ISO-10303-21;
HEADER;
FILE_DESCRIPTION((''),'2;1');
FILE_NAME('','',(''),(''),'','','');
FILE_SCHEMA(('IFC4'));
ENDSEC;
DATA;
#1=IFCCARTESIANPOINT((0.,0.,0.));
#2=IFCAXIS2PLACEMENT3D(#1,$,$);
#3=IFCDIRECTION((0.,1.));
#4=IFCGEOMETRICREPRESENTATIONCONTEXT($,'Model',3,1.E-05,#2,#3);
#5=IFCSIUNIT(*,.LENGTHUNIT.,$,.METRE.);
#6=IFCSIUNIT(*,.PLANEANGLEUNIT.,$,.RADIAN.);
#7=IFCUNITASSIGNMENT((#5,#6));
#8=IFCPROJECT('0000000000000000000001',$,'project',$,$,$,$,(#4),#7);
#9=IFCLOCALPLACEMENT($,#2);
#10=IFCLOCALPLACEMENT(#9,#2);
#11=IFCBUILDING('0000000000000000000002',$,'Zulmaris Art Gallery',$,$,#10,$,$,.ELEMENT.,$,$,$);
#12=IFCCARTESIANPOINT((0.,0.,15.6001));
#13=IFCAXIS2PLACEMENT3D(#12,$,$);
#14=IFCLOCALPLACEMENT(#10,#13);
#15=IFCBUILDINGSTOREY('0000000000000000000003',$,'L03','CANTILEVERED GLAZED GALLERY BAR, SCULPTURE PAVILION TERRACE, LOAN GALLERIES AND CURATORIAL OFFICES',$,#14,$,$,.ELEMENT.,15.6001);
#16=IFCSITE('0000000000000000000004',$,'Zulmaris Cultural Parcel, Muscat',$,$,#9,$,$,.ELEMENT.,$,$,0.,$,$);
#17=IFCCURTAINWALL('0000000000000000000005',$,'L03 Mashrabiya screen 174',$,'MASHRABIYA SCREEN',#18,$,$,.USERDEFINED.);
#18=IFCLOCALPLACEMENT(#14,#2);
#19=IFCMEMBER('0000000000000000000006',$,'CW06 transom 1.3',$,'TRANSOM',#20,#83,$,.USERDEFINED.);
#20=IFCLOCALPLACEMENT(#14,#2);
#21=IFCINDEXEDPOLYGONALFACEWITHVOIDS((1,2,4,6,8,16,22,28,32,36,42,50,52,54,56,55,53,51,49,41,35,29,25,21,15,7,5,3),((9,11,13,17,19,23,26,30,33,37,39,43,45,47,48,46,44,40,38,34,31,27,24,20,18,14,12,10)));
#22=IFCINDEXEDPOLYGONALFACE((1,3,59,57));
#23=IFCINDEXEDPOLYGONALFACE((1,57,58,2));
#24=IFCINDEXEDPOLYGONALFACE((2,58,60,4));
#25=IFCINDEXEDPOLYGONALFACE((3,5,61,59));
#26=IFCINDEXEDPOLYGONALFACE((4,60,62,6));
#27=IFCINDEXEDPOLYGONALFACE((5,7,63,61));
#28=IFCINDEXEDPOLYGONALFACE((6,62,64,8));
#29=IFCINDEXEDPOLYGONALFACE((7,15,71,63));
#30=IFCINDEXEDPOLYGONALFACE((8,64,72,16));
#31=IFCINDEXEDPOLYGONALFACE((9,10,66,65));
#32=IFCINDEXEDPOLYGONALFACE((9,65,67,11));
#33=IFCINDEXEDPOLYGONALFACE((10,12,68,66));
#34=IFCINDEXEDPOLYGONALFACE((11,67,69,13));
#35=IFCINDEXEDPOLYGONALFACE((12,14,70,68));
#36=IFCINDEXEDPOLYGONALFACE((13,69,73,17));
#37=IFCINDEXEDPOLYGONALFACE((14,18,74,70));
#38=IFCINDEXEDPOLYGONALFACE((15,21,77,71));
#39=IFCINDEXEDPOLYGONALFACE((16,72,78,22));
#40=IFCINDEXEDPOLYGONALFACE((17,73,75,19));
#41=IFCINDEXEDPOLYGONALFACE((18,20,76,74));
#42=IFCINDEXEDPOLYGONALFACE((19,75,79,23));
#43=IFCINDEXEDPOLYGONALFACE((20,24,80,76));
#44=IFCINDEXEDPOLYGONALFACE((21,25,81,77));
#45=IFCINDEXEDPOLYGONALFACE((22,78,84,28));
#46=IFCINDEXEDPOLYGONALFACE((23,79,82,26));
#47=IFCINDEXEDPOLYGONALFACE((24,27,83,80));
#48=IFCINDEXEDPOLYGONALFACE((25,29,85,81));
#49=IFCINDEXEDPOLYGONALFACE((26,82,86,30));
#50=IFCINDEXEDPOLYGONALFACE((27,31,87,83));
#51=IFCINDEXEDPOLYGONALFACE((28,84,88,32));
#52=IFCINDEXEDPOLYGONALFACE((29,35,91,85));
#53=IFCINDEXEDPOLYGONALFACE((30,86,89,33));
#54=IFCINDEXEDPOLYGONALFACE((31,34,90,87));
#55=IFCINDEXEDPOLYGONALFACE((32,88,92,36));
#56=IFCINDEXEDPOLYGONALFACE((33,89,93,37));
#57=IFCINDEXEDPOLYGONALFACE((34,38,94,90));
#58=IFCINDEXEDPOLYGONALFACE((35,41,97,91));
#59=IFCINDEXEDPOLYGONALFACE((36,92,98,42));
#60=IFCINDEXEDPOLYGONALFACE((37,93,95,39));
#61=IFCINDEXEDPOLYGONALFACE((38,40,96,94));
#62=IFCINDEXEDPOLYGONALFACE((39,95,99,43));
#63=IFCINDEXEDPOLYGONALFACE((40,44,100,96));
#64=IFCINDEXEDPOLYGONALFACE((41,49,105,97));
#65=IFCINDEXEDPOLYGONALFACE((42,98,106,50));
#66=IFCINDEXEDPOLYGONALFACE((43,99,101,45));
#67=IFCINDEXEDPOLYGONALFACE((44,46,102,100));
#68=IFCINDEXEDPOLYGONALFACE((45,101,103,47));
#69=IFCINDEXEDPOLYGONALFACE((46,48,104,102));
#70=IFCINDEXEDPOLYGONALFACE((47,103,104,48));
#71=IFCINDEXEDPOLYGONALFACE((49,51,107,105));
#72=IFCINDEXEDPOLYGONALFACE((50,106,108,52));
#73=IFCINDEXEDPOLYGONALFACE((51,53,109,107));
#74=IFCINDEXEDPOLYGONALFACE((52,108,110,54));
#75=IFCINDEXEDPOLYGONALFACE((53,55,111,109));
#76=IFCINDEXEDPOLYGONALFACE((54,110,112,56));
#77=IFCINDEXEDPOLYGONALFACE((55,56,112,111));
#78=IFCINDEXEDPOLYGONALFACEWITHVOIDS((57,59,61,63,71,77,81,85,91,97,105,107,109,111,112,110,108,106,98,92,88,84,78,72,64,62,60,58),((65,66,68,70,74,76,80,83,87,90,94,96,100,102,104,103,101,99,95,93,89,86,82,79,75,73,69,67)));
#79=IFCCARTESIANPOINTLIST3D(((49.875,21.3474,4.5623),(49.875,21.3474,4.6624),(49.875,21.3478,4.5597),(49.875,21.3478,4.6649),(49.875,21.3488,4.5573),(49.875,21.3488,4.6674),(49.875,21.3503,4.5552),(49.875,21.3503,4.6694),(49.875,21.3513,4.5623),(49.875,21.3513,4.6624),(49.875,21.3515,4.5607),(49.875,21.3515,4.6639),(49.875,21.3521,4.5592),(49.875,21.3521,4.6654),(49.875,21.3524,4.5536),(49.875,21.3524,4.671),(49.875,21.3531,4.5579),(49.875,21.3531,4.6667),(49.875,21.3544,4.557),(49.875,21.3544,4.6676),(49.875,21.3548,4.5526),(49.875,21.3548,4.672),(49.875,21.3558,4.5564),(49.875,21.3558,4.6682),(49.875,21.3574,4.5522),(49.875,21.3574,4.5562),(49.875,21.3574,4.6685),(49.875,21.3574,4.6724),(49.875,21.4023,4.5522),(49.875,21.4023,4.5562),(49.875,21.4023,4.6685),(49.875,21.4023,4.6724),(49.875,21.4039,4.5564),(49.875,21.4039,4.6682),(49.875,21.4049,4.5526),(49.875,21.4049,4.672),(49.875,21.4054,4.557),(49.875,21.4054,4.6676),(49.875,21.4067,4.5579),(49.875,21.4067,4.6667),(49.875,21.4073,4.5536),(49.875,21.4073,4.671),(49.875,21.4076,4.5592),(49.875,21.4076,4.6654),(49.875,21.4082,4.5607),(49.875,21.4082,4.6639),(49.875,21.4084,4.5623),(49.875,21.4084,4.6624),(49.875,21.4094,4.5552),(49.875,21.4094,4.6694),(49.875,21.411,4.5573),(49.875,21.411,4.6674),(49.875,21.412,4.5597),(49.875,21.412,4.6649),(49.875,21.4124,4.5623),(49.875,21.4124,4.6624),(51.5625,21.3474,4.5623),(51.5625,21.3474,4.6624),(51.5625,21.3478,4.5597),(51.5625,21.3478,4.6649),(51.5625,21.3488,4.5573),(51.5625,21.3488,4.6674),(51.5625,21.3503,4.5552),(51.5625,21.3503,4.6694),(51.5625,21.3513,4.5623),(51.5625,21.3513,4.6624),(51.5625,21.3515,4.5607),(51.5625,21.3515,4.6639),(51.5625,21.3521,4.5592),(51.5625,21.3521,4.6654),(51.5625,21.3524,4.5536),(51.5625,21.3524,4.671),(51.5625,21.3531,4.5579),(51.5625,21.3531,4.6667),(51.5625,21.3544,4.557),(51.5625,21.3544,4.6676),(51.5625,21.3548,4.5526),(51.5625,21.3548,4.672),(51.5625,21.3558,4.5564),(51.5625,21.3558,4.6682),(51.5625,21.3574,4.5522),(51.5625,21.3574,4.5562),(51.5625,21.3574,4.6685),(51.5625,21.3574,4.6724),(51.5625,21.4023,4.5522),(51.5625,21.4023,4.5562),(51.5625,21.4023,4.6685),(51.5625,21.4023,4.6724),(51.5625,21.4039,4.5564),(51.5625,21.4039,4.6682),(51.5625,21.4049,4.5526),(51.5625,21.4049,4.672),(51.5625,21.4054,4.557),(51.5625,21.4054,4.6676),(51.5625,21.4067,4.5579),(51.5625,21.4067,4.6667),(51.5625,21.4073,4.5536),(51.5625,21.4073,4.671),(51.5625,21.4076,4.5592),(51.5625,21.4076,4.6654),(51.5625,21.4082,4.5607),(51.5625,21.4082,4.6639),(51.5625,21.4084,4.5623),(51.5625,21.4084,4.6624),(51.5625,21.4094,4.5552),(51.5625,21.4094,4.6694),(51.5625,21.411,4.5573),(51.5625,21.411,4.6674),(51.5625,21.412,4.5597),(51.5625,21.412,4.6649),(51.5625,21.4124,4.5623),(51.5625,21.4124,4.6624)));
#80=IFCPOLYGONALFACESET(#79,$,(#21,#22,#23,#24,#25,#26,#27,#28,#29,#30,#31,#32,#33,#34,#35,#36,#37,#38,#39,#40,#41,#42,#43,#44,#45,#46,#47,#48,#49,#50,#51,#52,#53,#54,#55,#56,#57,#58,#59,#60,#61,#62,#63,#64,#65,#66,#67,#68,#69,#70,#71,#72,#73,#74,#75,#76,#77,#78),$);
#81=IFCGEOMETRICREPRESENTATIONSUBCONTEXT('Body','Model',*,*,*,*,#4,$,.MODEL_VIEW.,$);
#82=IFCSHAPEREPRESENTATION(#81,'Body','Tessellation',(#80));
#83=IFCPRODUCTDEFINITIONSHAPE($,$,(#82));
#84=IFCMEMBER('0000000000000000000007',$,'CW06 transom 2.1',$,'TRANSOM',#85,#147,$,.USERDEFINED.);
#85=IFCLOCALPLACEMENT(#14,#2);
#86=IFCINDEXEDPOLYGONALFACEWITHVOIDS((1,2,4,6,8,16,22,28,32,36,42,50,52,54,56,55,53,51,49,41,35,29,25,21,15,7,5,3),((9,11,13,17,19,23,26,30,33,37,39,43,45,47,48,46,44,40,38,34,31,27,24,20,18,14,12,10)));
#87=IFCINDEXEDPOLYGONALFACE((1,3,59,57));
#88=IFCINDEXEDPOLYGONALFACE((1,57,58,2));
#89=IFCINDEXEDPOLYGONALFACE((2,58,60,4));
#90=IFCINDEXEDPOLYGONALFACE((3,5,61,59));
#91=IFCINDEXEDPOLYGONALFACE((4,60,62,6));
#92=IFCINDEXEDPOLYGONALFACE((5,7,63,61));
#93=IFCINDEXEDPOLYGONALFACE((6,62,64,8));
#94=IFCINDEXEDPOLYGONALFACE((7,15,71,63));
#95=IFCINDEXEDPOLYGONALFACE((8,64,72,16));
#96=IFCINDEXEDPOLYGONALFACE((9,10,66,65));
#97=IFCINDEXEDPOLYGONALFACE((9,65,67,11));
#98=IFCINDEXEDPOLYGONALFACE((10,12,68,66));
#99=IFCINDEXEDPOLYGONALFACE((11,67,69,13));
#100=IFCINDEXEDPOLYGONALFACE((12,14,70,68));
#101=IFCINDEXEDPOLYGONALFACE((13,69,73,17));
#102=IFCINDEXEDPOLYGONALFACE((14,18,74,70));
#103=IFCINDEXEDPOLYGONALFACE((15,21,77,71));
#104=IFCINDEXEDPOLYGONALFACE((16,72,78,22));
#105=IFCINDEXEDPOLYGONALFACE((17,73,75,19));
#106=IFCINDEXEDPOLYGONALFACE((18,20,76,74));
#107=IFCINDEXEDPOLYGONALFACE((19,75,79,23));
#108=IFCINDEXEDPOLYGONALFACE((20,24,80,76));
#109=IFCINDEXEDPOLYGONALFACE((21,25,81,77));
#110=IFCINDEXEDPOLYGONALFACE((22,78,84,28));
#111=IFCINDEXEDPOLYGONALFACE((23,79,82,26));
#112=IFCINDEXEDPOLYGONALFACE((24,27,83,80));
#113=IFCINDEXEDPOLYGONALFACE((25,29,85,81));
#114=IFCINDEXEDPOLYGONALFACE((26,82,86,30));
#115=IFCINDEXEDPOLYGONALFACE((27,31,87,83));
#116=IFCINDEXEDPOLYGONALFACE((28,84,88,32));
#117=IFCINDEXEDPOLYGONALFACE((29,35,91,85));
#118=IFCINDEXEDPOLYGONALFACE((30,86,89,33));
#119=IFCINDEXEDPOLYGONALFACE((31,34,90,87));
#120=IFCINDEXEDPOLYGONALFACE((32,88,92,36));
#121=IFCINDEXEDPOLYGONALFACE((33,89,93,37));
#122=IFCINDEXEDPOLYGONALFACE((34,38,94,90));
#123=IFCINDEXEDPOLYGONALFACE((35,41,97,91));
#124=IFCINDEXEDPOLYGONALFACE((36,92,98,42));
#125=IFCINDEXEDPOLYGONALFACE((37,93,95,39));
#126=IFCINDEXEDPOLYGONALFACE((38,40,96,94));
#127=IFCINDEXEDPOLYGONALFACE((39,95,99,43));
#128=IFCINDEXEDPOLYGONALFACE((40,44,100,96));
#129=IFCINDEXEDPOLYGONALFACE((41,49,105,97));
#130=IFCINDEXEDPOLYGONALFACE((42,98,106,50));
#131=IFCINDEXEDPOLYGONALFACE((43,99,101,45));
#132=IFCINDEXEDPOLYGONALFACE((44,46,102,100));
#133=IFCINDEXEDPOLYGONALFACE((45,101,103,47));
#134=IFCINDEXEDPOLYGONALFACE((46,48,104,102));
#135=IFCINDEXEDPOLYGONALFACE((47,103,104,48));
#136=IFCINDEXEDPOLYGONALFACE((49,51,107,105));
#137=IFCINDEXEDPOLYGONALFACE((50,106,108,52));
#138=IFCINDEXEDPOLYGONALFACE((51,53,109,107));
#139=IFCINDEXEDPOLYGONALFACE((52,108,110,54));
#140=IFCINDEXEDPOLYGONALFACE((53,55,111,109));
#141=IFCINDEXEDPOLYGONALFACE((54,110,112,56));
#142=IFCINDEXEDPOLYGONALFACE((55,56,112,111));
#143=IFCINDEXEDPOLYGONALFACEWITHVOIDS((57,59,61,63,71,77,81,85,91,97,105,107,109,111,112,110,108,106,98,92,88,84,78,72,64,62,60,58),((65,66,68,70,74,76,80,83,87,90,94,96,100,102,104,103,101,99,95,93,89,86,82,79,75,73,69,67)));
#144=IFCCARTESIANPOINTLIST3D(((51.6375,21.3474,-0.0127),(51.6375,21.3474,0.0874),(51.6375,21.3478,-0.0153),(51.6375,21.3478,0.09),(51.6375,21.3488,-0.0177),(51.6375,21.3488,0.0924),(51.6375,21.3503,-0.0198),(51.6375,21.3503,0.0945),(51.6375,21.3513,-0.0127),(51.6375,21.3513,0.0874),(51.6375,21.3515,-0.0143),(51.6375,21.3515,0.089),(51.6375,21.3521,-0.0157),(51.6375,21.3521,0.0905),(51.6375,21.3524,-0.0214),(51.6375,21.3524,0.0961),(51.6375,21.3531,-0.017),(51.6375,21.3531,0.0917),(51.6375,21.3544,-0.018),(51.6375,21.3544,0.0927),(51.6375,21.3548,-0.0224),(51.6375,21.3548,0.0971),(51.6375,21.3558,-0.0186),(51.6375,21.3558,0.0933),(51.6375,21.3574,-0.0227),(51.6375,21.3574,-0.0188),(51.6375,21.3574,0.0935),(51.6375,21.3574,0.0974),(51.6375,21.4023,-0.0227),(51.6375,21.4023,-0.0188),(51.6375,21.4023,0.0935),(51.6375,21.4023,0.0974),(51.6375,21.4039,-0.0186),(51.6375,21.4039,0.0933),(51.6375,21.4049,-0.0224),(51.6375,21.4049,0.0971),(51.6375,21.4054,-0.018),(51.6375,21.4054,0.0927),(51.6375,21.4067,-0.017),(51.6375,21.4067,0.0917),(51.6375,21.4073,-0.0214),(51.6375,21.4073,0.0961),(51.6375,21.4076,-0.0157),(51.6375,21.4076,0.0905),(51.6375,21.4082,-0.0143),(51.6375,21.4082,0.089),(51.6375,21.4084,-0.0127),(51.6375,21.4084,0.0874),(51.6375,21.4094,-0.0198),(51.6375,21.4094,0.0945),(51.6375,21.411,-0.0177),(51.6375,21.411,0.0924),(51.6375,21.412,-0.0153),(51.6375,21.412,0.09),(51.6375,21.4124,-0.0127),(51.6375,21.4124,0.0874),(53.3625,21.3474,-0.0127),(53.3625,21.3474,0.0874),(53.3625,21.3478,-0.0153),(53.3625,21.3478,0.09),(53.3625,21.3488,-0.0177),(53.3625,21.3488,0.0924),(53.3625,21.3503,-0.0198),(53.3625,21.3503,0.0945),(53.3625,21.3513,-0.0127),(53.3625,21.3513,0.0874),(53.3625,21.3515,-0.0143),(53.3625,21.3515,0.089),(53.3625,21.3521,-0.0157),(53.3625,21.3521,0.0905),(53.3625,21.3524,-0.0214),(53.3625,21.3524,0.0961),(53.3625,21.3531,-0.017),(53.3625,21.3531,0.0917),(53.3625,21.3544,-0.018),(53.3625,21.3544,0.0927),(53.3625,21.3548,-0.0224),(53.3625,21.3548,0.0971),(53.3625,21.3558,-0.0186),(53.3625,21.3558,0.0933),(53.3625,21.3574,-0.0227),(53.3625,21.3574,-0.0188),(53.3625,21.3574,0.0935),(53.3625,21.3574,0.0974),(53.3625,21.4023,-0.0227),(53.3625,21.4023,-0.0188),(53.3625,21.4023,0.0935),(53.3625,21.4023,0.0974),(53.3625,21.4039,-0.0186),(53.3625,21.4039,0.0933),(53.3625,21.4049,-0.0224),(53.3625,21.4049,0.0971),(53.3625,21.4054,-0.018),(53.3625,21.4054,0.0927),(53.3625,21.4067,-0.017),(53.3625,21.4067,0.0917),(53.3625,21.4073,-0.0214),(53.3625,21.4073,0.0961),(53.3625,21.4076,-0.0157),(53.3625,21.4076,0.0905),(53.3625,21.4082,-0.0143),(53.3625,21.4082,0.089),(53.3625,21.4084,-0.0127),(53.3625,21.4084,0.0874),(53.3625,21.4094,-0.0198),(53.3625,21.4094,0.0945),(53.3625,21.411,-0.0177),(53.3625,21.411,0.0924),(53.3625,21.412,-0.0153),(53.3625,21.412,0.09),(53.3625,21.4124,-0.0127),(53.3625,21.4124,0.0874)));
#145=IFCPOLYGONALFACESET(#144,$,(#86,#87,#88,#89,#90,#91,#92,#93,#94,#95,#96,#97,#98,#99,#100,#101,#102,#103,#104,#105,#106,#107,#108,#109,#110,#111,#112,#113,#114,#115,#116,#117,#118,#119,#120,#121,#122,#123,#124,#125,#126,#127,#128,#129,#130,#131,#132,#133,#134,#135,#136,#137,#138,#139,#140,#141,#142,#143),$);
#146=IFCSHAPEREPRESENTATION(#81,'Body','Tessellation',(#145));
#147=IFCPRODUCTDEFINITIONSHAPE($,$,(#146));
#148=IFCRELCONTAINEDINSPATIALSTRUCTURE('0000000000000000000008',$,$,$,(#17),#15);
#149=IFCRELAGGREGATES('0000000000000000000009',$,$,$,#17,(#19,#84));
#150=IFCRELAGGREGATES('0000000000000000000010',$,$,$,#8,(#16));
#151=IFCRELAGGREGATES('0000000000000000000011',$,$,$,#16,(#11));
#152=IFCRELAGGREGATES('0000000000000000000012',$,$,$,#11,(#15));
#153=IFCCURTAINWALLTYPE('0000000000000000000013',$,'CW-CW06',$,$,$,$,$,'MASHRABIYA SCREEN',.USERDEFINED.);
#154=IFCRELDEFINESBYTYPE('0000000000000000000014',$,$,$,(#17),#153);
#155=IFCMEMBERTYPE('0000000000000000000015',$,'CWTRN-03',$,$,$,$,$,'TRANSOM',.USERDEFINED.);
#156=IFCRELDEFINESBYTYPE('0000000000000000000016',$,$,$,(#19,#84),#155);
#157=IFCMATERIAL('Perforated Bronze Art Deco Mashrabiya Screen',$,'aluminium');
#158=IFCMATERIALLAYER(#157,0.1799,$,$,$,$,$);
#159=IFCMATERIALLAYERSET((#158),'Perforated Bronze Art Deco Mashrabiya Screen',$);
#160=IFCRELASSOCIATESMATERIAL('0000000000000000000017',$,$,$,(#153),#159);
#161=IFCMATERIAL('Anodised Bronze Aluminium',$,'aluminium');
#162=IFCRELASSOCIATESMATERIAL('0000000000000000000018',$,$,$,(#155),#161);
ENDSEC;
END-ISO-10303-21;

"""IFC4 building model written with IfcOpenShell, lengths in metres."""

from ifc_helpers import new_model, si_unit, direction, frame, origin, origin_2d, place, context, subcontext, project, spatial, hollow_rectangle, extrude, material, layer, layer_set, material_profile, profile_set, type_object, element, aggregate, save


model = new_model("IFC4")

# Units and contexts
model_context = context("Model", 3, precision=1e-05, world=origin(), true_north=direction((0.0, 1.0)))
body_context = subcontext(model_context, "Body", "Model", "MODEL_VIEW")
ifc_project = project(units=[si_unit("LENGTHUNIT", "METRE"), si_unit("PLANEANGLEUNIT", "RADIAN")], contexts=[model_context])

# Site, building, storey
site_placement = place(None, origin())
site = spatial("IfcSite", under=ifc_project, at=site_placement, Name="Zulmaris Cultural Parcel, Muscat", CompositionType="ELEMENT", RefElevation=0.0)
building_placement = place(site_placement, origin())
building = spatial("IfcBuilding", under=site, at=building_placement, Name="Zulmaris Art Gallery", CompositionType="ELEMENT")
storey_placement = place(building_placement, frame((0.0, 0.0, 15.6001)))
storey = spatial("IfcBuildingStorey", under=building, at=storey_placement, Name="L03", Description="CANTILEVERED GLAZED GALLERY BAR, SCULPTURE PAVILION TERRACE, LOAN GALLERIES AND CURATORIAL OFFICES", CompositionType="ELEMENT", Elevation=15.6001)

# Shared definitions
ifc_material_1 = material(Name="Anodised Bronze Aluminium", Category="aluminium")
ifc_material_2 = material(Name="Perforated Bronze Art Deco Mashrabiya Screen", Category="aluminium")
ifc_layer_1 = layer(ifc_material_2, 0.1799)
ifc_layer_set_1 = layer_set([ifc_layer_1], Name="Perforated Bronze Art Deco Mashrabiya Screen")
curtain_wall_type_1 = type_object("IfcCurtainWallType", Name="CW-CW06", ElementType="MASHRABIYA SCREEN", PredefinedType="USERDEFINED", material=ifc_layer_set_1)

# Curtain wall, members
curtain_wall_1_placement = place(storey_placement, origin())
curtain_wall_1 = element("IfcCurtainWall", 1, at=curtain_wall_1_placement, inside=storey, type_object=curtain_wall_type_1, Name="L03 Mashrabiya screen 174", ObjectType="MASHRABIYA SCREEN", PredefinedType="USERDEFINED")
ifc_material_profile_1 = material_profile(ifc_material_1, hollow_rectangle(XDim=0.0649, YDim=0.1201, WallThickness=0.0039, InnerFilletRadius=0.0061, OuterFilletRadius=0.01, at=origin_2d()), Name="ALU 65x120x4")
ifc_profile_set_1 = profile_set([ifc_material_profile_1], Name="Anodised Bronze Aluminium")
member_type_1 = type_object("IfcMemberType", Name="CWTRN-03", ElementType="TRANSOM", PredefinedType="USERDEFINED", material=ifc_profile_set_1)
member_1_placement = place(storey_placement, frame((49.875, 21.3799, 4.6123), z_axis=(1.0, 0.0, 0.0), x_axis=(0.0, 1.0, 0.0)))
member_1 = element("IfcMember", 2, at=member_1_placement, type_object=member_type_1, Name="CW06 transom 1.3", ObjectType="TRANSOM", PredefinedType="USERDEFINED", context=body_context, shape_type="SweptSolid", body=[
    extrude(hollow_rectangle(XDim=0.0649, YDim=0.1201, WallThickness=0.0039, InnerFilletRadius=0.0061, OuterFilletRadius=0.01, at=origin_2d()), origin(), (0.0, 0.0, 1.0), 1.6875),
])
member_2_placement = place(storey_placement, frame((51.6375, 21.3799, 0.0374), z_axis=(1.0, 0.0, 0.0), x_axis=(0.0, 1.0, 0.0)))
member_2 = element("IfcMember", 3, at=member_2_placement, type_object=member_type_1, Name="CW06 transom 2.1", ObjectType="TRANSOM", PredefinedType="USERDEFINED", context=body_context, shape_type="SweptSolid", body=[
    extrude(hollow_rectangle(XDim=0.0649, YDim=0.1201, WallThickness=0.0039, InnerFilletRadius=0.0061, OuterFilletRadius=0.01, at=origin_2d()), origin(), (0.0, 0.0, 1.0), 1.7251),
])

aggregate(curtain_wall_1, [member_1, member_2])

save(model, "model.ifc")
